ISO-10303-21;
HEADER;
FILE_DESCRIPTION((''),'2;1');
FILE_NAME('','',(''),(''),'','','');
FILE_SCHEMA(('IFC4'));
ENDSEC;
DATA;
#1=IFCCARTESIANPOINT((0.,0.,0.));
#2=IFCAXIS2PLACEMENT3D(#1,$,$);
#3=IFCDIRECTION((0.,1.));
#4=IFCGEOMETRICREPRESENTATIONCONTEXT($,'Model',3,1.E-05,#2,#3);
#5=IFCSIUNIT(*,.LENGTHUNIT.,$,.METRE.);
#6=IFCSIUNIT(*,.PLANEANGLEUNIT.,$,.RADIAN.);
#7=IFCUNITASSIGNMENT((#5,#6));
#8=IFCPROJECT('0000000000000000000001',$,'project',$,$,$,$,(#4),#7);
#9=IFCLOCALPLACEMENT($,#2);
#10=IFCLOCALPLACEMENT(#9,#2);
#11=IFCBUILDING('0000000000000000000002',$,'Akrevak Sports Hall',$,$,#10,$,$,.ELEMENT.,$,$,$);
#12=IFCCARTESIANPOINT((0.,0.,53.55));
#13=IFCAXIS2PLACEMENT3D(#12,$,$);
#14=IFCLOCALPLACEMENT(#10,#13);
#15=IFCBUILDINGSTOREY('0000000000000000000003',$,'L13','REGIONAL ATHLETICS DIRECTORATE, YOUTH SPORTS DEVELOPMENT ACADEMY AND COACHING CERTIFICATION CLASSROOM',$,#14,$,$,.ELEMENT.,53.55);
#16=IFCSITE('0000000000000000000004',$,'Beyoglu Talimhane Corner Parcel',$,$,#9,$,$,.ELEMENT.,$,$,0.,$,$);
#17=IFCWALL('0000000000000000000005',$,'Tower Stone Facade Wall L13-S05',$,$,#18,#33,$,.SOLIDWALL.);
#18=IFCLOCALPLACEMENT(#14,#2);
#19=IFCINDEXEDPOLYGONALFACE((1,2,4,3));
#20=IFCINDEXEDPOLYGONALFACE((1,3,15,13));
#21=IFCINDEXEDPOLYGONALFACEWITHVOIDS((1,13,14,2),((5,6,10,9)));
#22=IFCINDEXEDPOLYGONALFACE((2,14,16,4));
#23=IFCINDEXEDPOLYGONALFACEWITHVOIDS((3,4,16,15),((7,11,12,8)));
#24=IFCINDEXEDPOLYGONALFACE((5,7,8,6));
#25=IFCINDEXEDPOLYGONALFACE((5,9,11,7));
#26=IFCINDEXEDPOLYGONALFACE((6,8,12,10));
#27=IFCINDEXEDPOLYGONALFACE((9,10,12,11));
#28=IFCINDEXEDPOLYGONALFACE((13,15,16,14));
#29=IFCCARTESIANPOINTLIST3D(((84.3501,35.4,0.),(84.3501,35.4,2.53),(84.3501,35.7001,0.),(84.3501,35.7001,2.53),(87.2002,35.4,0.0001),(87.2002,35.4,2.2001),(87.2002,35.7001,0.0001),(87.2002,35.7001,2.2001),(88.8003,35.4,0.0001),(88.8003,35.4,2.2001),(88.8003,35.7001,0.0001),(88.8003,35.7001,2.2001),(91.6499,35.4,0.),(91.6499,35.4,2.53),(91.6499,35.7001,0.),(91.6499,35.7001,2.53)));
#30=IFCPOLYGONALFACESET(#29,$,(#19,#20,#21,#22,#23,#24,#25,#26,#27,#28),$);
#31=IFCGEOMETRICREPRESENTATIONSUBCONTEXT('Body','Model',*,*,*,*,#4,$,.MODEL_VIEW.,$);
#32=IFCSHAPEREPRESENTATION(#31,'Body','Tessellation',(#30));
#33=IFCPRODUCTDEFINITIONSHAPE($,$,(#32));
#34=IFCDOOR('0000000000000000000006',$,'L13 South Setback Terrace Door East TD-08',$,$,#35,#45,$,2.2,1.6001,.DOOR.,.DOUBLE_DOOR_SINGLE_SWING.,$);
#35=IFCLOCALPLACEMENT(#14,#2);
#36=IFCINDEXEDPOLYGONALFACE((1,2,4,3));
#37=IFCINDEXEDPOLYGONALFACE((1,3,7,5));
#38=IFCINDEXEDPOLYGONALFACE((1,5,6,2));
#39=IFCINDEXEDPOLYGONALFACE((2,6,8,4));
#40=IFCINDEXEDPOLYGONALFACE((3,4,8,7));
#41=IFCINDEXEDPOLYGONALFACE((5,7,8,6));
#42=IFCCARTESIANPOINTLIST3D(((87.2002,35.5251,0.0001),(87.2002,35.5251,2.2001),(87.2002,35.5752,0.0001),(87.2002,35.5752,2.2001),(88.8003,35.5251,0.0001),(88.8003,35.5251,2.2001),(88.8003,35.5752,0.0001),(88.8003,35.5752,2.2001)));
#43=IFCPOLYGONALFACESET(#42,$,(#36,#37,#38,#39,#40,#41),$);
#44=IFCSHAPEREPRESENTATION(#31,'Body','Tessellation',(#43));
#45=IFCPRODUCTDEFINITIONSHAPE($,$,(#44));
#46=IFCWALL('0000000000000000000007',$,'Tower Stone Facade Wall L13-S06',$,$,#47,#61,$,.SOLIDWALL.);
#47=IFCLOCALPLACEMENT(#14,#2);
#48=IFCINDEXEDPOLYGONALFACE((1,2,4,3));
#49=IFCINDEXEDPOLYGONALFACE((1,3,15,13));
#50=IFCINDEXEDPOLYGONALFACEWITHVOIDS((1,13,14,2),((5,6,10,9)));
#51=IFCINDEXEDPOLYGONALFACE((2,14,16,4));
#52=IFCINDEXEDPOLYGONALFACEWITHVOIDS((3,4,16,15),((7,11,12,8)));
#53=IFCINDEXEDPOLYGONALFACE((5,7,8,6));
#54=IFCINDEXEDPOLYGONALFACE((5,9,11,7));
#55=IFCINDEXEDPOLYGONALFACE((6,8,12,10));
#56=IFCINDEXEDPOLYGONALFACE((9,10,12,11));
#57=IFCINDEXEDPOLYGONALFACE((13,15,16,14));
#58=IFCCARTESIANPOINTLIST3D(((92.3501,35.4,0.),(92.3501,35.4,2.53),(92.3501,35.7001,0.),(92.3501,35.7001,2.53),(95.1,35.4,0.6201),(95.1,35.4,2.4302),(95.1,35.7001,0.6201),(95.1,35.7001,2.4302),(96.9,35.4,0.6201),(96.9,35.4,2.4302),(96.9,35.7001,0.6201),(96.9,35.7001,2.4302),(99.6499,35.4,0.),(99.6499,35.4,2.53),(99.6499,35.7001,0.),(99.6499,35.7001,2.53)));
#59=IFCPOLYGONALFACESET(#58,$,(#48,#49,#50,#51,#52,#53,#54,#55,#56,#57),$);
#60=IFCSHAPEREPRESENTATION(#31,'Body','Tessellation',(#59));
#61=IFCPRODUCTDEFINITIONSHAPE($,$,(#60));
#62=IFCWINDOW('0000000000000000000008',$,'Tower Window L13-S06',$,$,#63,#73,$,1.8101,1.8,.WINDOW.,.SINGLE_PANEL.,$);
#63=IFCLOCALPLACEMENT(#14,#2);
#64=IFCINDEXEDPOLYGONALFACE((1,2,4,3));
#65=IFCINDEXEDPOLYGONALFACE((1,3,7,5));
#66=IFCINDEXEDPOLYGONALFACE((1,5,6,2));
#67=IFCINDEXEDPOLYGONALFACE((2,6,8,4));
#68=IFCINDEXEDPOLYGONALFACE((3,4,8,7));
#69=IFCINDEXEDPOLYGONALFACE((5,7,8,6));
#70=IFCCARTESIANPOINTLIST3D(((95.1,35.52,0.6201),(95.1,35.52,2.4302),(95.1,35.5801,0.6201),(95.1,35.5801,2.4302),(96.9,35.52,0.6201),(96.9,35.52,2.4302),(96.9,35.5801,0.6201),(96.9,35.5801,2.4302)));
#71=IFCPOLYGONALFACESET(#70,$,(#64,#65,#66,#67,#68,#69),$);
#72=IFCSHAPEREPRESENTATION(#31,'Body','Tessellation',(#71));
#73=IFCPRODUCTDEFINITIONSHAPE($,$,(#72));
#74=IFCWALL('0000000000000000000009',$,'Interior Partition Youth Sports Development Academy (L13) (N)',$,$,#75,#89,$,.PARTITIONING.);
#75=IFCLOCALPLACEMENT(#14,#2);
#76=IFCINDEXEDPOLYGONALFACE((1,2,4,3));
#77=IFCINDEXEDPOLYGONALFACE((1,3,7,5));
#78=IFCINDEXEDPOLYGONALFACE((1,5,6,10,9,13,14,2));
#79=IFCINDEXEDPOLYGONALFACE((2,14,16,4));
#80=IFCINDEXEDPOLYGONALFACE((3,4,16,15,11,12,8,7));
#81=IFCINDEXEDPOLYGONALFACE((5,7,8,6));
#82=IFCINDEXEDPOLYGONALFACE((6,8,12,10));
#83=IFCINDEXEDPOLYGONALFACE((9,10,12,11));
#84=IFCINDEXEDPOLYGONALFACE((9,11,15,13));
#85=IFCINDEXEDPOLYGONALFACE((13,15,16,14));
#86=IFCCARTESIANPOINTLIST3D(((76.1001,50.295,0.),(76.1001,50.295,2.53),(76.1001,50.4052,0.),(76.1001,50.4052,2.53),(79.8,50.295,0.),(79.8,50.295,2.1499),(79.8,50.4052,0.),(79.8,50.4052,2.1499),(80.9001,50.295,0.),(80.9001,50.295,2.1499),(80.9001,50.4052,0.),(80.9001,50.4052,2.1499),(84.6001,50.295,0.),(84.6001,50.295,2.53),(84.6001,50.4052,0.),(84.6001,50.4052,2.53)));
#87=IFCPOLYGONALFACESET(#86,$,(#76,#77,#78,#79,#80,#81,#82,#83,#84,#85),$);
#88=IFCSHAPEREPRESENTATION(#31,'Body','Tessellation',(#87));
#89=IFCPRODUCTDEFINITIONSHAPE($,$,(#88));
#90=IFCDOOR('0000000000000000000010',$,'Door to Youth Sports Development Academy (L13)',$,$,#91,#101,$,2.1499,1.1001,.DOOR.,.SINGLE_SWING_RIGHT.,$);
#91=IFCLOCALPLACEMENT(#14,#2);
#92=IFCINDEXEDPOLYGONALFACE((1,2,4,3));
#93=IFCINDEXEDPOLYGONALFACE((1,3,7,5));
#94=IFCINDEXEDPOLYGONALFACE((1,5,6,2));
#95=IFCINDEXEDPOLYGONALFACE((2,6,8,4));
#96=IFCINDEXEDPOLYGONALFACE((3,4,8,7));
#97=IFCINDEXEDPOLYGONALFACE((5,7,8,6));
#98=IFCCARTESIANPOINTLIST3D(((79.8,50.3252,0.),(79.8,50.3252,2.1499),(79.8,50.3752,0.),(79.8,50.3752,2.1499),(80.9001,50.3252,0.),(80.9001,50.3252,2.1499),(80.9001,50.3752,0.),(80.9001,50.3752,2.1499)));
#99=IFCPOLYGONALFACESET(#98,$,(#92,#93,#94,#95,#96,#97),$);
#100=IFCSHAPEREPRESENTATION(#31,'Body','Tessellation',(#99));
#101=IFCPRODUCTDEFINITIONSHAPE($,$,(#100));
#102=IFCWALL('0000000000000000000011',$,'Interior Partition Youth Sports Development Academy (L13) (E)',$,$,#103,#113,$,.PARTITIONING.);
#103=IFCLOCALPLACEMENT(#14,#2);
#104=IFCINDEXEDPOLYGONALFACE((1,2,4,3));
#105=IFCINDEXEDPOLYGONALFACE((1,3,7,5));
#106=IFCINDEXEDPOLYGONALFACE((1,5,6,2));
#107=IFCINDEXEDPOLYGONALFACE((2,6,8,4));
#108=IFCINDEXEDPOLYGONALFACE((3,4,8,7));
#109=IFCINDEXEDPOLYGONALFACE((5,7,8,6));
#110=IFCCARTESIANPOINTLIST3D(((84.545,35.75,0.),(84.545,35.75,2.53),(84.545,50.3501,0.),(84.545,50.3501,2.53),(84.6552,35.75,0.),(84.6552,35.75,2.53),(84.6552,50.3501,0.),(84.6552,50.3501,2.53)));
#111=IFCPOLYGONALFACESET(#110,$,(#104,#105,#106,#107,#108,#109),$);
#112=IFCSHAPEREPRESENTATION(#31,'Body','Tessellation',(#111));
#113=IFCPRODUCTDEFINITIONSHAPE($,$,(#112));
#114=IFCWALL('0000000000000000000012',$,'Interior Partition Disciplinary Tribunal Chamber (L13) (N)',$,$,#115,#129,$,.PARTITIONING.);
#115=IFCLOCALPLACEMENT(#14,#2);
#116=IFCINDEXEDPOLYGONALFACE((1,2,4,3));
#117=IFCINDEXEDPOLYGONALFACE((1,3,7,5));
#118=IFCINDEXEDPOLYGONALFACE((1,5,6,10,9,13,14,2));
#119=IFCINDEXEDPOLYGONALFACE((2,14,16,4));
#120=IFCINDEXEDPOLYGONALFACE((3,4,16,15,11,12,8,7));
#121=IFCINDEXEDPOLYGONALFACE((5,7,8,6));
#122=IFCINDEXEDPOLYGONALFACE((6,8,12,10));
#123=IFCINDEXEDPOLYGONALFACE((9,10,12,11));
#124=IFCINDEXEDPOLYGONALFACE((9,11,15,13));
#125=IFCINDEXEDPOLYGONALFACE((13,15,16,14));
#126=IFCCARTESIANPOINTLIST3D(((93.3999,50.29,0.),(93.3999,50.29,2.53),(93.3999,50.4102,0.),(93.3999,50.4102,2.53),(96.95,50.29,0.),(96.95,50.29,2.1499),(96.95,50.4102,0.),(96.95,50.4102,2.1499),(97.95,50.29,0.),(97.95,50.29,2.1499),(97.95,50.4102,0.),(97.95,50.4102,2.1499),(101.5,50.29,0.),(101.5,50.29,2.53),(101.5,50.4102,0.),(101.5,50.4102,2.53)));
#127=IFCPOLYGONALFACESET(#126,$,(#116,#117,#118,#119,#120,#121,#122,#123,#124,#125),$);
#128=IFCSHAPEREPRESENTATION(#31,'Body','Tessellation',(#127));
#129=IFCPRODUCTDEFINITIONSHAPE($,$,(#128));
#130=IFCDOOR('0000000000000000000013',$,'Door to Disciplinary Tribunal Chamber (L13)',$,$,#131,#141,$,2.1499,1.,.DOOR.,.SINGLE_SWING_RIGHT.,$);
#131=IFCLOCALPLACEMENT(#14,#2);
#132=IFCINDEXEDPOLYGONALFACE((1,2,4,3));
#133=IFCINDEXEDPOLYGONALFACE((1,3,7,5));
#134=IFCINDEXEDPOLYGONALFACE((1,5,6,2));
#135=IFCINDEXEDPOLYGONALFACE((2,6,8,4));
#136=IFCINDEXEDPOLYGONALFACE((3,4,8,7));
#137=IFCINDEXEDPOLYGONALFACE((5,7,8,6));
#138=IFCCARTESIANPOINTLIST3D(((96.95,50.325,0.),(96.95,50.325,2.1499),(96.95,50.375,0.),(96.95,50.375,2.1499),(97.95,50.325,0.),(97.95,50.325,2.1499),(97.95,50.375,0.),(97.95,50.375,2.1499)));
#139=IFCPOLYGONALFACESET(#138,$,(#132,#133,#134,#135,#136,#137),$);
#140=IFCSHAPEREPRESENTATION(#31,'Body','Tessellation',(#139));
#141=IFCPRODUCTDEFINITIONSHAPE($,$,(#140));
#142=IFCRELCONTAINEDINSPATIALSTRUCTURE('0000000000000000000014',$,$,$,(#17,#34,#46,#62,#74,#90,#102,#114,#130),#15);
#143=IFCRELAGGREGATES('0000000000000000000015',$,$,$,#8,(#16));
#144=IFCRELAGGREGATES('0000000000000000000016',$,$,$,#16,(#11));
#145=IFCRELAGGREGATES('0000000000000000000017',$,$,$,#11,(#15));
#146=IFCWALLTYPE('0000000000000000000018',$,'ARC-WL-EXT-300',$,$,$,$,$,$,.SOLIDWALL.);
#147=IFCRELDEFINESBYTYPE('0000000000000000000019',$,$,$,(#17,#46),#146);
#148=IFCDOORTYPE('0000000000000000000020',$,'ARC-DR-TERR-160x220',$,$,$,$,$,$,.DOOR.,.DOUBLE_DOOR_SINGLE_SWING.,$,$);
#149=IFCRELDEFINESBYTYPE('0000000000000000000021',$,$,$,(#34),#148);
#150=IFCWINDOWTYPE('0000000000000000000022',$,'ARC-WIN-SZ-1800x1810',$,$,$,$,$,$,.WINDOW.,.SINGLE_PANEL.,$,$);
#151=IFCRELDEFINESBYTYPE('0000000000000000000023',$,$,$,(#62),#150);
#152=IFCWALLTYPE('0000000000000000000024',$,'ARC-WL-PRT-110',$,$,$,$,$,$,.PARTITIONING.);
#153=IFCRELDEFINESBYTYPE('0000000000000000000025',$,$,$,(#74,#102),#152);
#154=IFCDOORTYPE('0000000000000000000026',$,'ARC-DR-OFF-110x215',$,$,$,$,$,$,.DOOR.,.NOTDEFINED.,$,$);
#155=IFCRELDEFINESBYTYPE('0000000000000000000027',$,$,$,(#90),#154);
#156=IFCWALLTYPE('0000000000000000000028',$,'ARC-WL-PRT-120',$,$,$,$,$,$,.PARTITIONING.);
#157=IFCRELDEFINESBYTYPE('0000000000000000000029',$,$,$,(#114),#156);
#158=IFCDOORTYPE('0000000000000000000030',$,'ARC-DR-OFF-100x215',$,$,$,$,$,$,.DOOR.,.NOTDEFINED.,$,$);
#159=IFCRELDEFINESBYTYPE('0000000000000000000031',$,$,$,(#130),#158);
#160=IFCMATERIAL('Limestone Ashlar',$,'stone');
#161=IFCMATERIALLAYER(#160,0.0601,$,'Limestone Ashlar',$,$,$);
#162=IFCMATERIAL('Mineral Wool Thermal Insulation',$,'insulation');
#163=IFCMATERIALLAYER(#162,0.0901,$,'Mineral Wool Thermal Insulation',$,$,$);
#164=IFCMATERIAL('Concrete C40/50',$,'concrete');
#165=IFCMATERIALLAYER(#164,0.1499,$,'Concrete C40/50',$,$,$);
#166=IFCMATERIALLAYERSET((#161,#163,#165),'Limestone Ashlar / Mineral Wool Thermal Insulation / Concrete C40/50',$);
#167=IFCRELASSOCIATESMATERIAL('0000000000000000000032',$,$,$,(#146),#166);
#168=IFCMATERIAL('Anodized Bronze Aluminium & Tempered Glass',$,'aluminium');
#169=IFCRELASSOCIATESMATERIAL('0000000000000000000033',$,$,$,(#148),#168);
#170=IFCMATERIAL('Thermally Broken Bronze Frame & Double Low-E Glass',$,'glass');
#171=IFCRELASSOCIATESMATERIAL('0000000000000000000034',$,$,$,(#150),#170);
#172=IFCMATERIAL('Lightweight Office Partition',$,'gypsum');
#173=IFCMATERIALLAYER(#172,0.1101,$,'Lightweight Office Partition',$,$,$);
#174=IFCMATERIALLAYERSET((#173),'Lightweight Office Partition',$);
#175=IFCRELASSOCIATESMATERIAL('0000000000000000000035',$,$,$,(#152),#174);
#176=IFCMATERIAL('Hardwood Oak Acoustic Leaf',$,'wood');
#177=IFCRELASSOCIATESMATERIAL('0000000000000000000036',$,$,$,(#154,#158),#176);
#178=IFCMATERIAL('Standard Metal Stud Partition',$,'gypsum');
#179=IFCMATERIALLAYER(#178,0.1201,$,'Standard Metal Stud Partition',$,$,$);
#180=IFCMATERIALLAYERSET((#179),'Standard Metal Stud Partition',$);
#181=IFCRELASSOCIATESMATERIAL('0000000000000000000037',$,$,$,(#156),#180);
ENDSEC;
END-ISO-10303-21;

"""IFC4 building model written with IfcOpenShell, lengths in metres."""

from ifc_helpers import new_model, si_unit, direction, frame, frame_2d, origin, place, context, subcontext, project, spatial, rectangle, extrude, material, layer, layer_set, type_object, element, fill, save


model = new_model("IFC4")

# Units and contexts
model_context = context("Model", 3, precision=1e-05, world=origin(), true_north=direction((0.0, 1.0)))
body_context = subcontext(model_context, "Body", "Model", "MODEL_VIEW")
ifc_project = project(units=[si_unit("LENGTHUNIT", "METRE"), si_unit("PLANEANGLEUNIT", "RADIAN")], contexts=[model_context])

# Site, building, storey
site_placement = place(None, origin())
site = spatial("IfcSite", under=ifc_project, at=site_placement, Name="Beyoglu Talimhane Corner Parcel", CompositionType="ELEMENT", RefElevation=0.0)
building_placement = place(site_placement, origin())
building = spatial("IfcBuilding", under=site, at=building_placement, Name="Akrevak Sports Hall", CompositionType="ELEMENT")
storey_placement = place(building_placement, frame((0.0, 0.0, 53.55)))
storey = spatial("IfcBuildingStorey", under=building, at=storey_placement, Name="L13", Description="REGIONAL ATHLETICS DIRECTORATE, YOUTH SPORTS DEVELOPMENT ACADEMY AND COACHING CERTIFICATION CLASSROOM", CompositionType="ELEMENT", Elevation=53.55)

# Shared definitions
ifc_material_1 = material(Name="Concrete C40/50", Category="concrete")

# Wall, opening, door
ifc_material_2 = material(Name="Limestone Ashlar", Category="stone")
ifc_layer_1 = layer(ifc_material_2, 0.0601, Name="Limestone Ashlar")
ifc_material_3 = material(Name="Mineral Wool Thermal Insulation", Category="insulation")
ifc_layer_2 = layer(ifc_material_3, 0.0901, Name="Mineral Wool Thermal Insulation")
ifc_layer_3 = layer(ifc_material_1, 0.1499, Name="Concrete C40/50")
ifc_layer_set_1 = layer_set([ifc_layer_1, ifc_layer_2, ifc_layer_3], Name="Limestone Ashlar / Mineral Wool Thermal Insulation / Concrete C40/50")
wall_type_1 = type_object("IfcWallType", Name="ARC-WL-EXT-300", PredefinedType="SOLIDWALL", material=ifc_layer_set_1)
wall_1_placement = place(storey_placement, frame((84.3501, 35.55, 0.0), z_axis=(0.0, 0.0, 1.0), x_axis=(1.0, 0.0, 0.0)))
wall_1 = element("IfcWall", 1, at=wall_1_placement, inside=storey, type_object=wall_type_1, Name="Tower Stone Facade Wall L13-S05", PredefinedType="SOLIDWALL", context=body_context, shape_type="SweptSolid", body=[
    extrude(rectangle(XDim=7.2998, YDim=0.3, at=frame_2d((3.6499, 0.0))), origin(), (0.0, 0.0, 1.0), 2.53),
])
opening_1_placement = place(wall_1_placement, frame((2.8501, 0.0, 0.0)))
opening_1 = element("IfcOpeningElement", 2, at=opening_1_placement, cuts=wall_1, PredefinedType="OPENING", context=body_context, shape_type="SweptSolid", body=[
    extrude(rectangle(XDim=1.6001, YDim=2.2, at=frame_2d((0.8, 1.1001))), frame((0.0, 0.1621, 0.0), z_axis=(0.0, -1.0, 0.0), x_axis=(1.0, 0.0, 0.0)), (0.0, 0.0, 1.0), 0.324),
])
ifc_material_4 = material(Name="Anodized Bronze Aluminium & Tempered Glass", Category="aluminium")
door_type_1 = type_object("IfcDoorType", Name="ARC-DR-TERR-160x220", OperationType="DOUBLE_DOOR_SINGLE_SWING", PredefinedType="DOOR", material=ifc_material_4)
door_1_placement = place(opening_1_placement, frame((1.6001, 0.0, 0.0), z_axis=(0.0, 0.0, 1.0), x_axis=(-1.0, 0.0, 0.0)))
door_1 = element("IfcDoor", 3, at=door_1_placement, inside=storey, type_object=door_type_1, Name="L13 South Setback Terrace Door East TD-08", OperationType="DOUBLE_DOOR_SINGLE_SWING", OverallHeight=2.2, OverallWidth=1.6001, PredefinedType="DOOR", context=body_context, shape_type="SweptSolid", body=[
    extrude(rectangle(XDim=1.6001, YDim=2.2, at=frame_2d((0.8, 1.1001))), frame((0.0, 0.0249, 0.0), z_axis=(0.0, -1.0, 0.0), x_axis=(1.0, 0.0, 0.0)), (0.0, 0.0, 1.0), 0.05),
])
fill(opening_1, door_1)

# Wall, opening, window
wall_2_placement = place(storey_placement, frame((92.3501, 35.55, 0.0), z_axis=(0.0, 0.0, 1.0), x_axis=(1.0, 0.0, 0.0)))
wall_2 = element("IfcWall", 4, at=wall_2_placement, inside=storey, type_object=wall_type_1, Name="Tower Stone Facade Wall L13-S06", PredefinedType="SOLIDWALL", context=body_context, shape_type="SweptSolid", body=[
    extrude(rectangle(XDim=7.2998, YDim=0.3, at=frame_2d((3.6499, 0.0))), origin(), (0.0, 0.0, 1.0), 2.53),
])
opening_2_placement = place(wall_2_placement, frame((2.75, 0.0, 0.6201)))
opening_2 = element("IfcOpeningElement", 5, at=opening_2_placement, cuts=wall_2, PredefinedType="OPENING", context=body_context, shape_type="SweptSolid", body=[
    extrude(rectangle(XDim=1.8, YDim=1.8101, at=frame_2d((0.8999, 0.905))), frame((0.0, 0.1621, 0.0), z_axis=(0.0, -1.0, 0.0), x_axis=(1.0, 0.0, 0.0)), (0.0, 0.0, 1.0), 0.324),
])
ifc_material_5 = material(Name="Thermally Broken Bronze Frame & Double Low-E Glass", Category="glass")
window_type = type_object("IfcWindowType", Name="ARC-WIN-SZ-1800x1810", PartitioningType="SINGLE_PANEL", PredefinedType="WINDOW", material=ifc_material_5)
window_placement = place(opening_2_placement, origin())
window = element("IfcWindow", 6, at=window_placement, inside=storey, type_object=window_type, Name="Tower Window L13-S06", OverallHeight=1.8101, OverallWidth=1.8, PartitioningType="SINGLE_PANEL", PredefinedType="WINDOW", context=body_context, shape_type="SweptSolid", body=[
    extrude(rectangle(XDim=1.8, YDim=1.8101, at=frame_2d((0.8999, 0.905))), frame((0.0, 0.03, 0.0), z_axis=(0.0, -1.0, 0.0), x_axis=(1.0, 0.0, 0.0)), (0.0, 0.0, 1.0), 0.0601),
])
fill(opening_2, window)

# Wall, opening, door
ifc_material_6 = material(Name="Lightweight Office Partition", Category="gypsum")
ifc_layer_4 = layer(ifc_material_6, 0.1101, Name="Lightweight Office Partition")
ifc_layer_set_2 = layer_set([ifc_layer_4], Name="Lightweight Office Partition")
wall_type_2 = type_object("IfcWallType", Name="ARC-WL-PRT-110", PredefinedType="PARTITIONING", material=ifc_layer_set_2)
wall_3_placement = place(storey_placement, frame((76.1001, 50.3501, 0.0), z_axis=(0.0, 0.0, 1.0), x_axis=(1.0, 0.0, 0.0)))
wall_3 = element("IfcWall", 7, at=wall_3_placement, inside=storey, type_object=wall_type_2, Name="Interior Partition Youth Sports Development Academy (L13) (N)", PredefinedType="PARTITIONING", context=body_context, shape_type="SweptSolid", body=[
    extrude(rectangle(XDim=8.5, YDim=0.1101, at=frame_2d((4.25, 0.0))), origin(), (0.0, 0.0, 1.0), 2.53),
])
opening_3_placement = place(wall_3_placement, frame((3.7, 0.0, 0.0)))
opening_3 = element("IfcOpeningElement", 8, at=opening_3_placement, cuts=wall_3, PredefinedType="OPENING", context=body_context, shape_type="SweptSolid", body=[
    extrude(rectangle(XDim=1.1001, YDim=2.1499, at=frame_2d((0.55, 1.075))), frame((0.0, 0.0669, 0.0), z_axis=(0.0, -1.0, 0.0), x_axis=(1.0, 0.0, 0.0)), (0.0, 0.0, 1.0), 0.134),
])
ifc_material_7 = material(Name="Hardwood Oak Acoustic Leaf", Category="wood")
door_type_2 = type_object("IfcDoorType", Name="ARC-DR-OFF-110x215", OperationType="NOTDEFINED", PredefinedType="DOOR", material=ifc_material_7)
door_2_placement = place(opening_3_placement, frame((1.1001, 0.0, 0.0), z_axis=(0.0, 0.0, 1.0), x_axis=(-1.0, 0.0, 0.0)))
door_2 = element("IfcDoor", 9, at=door_2_placement, inside=storey, type_object=door_type_2, Name="Door to Youth Sports Development Academy (L13)", OperationType="SINGLE_SWING_RIGHT", OverallHeight=2.1499, OverallWidth=1.1001, PredefinedType="DOOR", context=body_context, shape_type="SweptSolid", body=[
    extrude(rectangle(XDim=1.1001, YDim=2.1499, at=frame_2d((0.55, 1.075))), frame((0.0, 0.0249, 0.0), z_axis=(0.0, -1.0, 0.0), x_axis=(1.0, 0.0, 0.0)), (0.0, 0.0, 1.0), 0.05),
])
fill(opening_3, door_2)

# Wall
wall_4_placement = place(storey_placement, frame((84.6001, 35.75, 0.0), z_axis=(0.0, 0.0, 1.0), x_axis=(0.0, 1.0, 0.0)))
element("IfcWall", 10, at=wall_4_placement, inside=storey, type_object=wall_type_2, Name="Interior Partition Youth Sports Development Academy (L13) (E)", PredefinedType="PARTITIONING", context=body_context, shape_type="SweptSolid", body=[
    extrude(rectangle(XDim=14.6001, YDim=0.1101, at=frame_2d((7.3, 0.0))), origin(), (0.0, 0.0, 1.0), 2.53),
])

# Wall, opening, door
ifc_material_8 = material(Name="Standard Metal Stud Partition", Category="gypsum")
ifc_layer_5 = layer(ifc_material_8, 0.1201, Name="Standard Metal Stud Partition")
ifc_layer_set_3 = layer_set([ifc_layer_5], Name="Standard Metal Stud Partition")
wall_type_3 = type_object("IfcWallType", Name="ARC-WL-PRT-120", PredefinedType="PARTITIONING", material=ifc_layer_set_3)
wall_5_placement = place(storey_placement, frame((93.3999, 50.3501, 0.0), z_axis=(0.0, 0.0, 1.0), x_axis=(1.0, 0.0, 0.0)))
wall_5 = element("IfcWall", 11, at=wall_5_placement, inside=storey, type_object=wall_type_3, Name="Interior Partition Disciplinary Tribunal Chamber (L13) (N)", PredefinedType="PARTITIONING", context=body_context, shape_type="SweptSolid", body=[
    extrude(rectangle(XDim=8.1001, YDim=0.1201, at=frame_2d((4.05, 0.0))), origin(), (0.0, 0.0, 1.0), 2.53),
])
opening_4_placement = place(wall_5_placement, frame((3.55, 0.0, 0.0)))
opening_4 = element("IfcOpeningElement", 12, at=opening_4_placement, cuts=wall_5, PredefinedType="OPENING", context=body_context, shape_type="SweptSolid", body=[
    extrude(rectangle(XDim=1.0, YDim=2.1499, at=frame_2d((0.5, 1.075))), frame((0.0, 0.072, 0.0), z_axis=(0.0, -1.0, 0.0), x_axis=(1.0, 0.0, 0.0)), (0.0, 0.0, 1.0), 0.144),
])
door_type_3 = type_object("IfcDoorType", Name="ARC-DR-OFF-100x215", OperationType="NOTDEFINED", PredefinedType="DOOR", material=ifc_material_7)
door_3_placement = place(opening_4_placement, origin())
door_3 = element("IfcDoor", 13, at=door_3_placement, inside=storey, type_object=door_type_3, Name="Door to Disciplinary Tribunal Chamber (L13)", OperationType="SINGLE_SWING_RIGHT", OverallHeight=2.1499, OverallWidth=1.0, PredefinedType="DOOR", context=body_context, shape_type="SweptSolid", body=[
    extrude(rectangle(XDim=1.0, YDim=2.1499, at=frame_2d((0.5, 1.075))), frame((0.0, 0.0249, 0.0), z_axis=(0.0, -1.0, 0.0), x_axis=(1.0, 0.0, 0.0)), (0.0, 0.0, 1.0), 0.05),
])
fill(opening_4, door_3)

save(model, "model.ifc")
